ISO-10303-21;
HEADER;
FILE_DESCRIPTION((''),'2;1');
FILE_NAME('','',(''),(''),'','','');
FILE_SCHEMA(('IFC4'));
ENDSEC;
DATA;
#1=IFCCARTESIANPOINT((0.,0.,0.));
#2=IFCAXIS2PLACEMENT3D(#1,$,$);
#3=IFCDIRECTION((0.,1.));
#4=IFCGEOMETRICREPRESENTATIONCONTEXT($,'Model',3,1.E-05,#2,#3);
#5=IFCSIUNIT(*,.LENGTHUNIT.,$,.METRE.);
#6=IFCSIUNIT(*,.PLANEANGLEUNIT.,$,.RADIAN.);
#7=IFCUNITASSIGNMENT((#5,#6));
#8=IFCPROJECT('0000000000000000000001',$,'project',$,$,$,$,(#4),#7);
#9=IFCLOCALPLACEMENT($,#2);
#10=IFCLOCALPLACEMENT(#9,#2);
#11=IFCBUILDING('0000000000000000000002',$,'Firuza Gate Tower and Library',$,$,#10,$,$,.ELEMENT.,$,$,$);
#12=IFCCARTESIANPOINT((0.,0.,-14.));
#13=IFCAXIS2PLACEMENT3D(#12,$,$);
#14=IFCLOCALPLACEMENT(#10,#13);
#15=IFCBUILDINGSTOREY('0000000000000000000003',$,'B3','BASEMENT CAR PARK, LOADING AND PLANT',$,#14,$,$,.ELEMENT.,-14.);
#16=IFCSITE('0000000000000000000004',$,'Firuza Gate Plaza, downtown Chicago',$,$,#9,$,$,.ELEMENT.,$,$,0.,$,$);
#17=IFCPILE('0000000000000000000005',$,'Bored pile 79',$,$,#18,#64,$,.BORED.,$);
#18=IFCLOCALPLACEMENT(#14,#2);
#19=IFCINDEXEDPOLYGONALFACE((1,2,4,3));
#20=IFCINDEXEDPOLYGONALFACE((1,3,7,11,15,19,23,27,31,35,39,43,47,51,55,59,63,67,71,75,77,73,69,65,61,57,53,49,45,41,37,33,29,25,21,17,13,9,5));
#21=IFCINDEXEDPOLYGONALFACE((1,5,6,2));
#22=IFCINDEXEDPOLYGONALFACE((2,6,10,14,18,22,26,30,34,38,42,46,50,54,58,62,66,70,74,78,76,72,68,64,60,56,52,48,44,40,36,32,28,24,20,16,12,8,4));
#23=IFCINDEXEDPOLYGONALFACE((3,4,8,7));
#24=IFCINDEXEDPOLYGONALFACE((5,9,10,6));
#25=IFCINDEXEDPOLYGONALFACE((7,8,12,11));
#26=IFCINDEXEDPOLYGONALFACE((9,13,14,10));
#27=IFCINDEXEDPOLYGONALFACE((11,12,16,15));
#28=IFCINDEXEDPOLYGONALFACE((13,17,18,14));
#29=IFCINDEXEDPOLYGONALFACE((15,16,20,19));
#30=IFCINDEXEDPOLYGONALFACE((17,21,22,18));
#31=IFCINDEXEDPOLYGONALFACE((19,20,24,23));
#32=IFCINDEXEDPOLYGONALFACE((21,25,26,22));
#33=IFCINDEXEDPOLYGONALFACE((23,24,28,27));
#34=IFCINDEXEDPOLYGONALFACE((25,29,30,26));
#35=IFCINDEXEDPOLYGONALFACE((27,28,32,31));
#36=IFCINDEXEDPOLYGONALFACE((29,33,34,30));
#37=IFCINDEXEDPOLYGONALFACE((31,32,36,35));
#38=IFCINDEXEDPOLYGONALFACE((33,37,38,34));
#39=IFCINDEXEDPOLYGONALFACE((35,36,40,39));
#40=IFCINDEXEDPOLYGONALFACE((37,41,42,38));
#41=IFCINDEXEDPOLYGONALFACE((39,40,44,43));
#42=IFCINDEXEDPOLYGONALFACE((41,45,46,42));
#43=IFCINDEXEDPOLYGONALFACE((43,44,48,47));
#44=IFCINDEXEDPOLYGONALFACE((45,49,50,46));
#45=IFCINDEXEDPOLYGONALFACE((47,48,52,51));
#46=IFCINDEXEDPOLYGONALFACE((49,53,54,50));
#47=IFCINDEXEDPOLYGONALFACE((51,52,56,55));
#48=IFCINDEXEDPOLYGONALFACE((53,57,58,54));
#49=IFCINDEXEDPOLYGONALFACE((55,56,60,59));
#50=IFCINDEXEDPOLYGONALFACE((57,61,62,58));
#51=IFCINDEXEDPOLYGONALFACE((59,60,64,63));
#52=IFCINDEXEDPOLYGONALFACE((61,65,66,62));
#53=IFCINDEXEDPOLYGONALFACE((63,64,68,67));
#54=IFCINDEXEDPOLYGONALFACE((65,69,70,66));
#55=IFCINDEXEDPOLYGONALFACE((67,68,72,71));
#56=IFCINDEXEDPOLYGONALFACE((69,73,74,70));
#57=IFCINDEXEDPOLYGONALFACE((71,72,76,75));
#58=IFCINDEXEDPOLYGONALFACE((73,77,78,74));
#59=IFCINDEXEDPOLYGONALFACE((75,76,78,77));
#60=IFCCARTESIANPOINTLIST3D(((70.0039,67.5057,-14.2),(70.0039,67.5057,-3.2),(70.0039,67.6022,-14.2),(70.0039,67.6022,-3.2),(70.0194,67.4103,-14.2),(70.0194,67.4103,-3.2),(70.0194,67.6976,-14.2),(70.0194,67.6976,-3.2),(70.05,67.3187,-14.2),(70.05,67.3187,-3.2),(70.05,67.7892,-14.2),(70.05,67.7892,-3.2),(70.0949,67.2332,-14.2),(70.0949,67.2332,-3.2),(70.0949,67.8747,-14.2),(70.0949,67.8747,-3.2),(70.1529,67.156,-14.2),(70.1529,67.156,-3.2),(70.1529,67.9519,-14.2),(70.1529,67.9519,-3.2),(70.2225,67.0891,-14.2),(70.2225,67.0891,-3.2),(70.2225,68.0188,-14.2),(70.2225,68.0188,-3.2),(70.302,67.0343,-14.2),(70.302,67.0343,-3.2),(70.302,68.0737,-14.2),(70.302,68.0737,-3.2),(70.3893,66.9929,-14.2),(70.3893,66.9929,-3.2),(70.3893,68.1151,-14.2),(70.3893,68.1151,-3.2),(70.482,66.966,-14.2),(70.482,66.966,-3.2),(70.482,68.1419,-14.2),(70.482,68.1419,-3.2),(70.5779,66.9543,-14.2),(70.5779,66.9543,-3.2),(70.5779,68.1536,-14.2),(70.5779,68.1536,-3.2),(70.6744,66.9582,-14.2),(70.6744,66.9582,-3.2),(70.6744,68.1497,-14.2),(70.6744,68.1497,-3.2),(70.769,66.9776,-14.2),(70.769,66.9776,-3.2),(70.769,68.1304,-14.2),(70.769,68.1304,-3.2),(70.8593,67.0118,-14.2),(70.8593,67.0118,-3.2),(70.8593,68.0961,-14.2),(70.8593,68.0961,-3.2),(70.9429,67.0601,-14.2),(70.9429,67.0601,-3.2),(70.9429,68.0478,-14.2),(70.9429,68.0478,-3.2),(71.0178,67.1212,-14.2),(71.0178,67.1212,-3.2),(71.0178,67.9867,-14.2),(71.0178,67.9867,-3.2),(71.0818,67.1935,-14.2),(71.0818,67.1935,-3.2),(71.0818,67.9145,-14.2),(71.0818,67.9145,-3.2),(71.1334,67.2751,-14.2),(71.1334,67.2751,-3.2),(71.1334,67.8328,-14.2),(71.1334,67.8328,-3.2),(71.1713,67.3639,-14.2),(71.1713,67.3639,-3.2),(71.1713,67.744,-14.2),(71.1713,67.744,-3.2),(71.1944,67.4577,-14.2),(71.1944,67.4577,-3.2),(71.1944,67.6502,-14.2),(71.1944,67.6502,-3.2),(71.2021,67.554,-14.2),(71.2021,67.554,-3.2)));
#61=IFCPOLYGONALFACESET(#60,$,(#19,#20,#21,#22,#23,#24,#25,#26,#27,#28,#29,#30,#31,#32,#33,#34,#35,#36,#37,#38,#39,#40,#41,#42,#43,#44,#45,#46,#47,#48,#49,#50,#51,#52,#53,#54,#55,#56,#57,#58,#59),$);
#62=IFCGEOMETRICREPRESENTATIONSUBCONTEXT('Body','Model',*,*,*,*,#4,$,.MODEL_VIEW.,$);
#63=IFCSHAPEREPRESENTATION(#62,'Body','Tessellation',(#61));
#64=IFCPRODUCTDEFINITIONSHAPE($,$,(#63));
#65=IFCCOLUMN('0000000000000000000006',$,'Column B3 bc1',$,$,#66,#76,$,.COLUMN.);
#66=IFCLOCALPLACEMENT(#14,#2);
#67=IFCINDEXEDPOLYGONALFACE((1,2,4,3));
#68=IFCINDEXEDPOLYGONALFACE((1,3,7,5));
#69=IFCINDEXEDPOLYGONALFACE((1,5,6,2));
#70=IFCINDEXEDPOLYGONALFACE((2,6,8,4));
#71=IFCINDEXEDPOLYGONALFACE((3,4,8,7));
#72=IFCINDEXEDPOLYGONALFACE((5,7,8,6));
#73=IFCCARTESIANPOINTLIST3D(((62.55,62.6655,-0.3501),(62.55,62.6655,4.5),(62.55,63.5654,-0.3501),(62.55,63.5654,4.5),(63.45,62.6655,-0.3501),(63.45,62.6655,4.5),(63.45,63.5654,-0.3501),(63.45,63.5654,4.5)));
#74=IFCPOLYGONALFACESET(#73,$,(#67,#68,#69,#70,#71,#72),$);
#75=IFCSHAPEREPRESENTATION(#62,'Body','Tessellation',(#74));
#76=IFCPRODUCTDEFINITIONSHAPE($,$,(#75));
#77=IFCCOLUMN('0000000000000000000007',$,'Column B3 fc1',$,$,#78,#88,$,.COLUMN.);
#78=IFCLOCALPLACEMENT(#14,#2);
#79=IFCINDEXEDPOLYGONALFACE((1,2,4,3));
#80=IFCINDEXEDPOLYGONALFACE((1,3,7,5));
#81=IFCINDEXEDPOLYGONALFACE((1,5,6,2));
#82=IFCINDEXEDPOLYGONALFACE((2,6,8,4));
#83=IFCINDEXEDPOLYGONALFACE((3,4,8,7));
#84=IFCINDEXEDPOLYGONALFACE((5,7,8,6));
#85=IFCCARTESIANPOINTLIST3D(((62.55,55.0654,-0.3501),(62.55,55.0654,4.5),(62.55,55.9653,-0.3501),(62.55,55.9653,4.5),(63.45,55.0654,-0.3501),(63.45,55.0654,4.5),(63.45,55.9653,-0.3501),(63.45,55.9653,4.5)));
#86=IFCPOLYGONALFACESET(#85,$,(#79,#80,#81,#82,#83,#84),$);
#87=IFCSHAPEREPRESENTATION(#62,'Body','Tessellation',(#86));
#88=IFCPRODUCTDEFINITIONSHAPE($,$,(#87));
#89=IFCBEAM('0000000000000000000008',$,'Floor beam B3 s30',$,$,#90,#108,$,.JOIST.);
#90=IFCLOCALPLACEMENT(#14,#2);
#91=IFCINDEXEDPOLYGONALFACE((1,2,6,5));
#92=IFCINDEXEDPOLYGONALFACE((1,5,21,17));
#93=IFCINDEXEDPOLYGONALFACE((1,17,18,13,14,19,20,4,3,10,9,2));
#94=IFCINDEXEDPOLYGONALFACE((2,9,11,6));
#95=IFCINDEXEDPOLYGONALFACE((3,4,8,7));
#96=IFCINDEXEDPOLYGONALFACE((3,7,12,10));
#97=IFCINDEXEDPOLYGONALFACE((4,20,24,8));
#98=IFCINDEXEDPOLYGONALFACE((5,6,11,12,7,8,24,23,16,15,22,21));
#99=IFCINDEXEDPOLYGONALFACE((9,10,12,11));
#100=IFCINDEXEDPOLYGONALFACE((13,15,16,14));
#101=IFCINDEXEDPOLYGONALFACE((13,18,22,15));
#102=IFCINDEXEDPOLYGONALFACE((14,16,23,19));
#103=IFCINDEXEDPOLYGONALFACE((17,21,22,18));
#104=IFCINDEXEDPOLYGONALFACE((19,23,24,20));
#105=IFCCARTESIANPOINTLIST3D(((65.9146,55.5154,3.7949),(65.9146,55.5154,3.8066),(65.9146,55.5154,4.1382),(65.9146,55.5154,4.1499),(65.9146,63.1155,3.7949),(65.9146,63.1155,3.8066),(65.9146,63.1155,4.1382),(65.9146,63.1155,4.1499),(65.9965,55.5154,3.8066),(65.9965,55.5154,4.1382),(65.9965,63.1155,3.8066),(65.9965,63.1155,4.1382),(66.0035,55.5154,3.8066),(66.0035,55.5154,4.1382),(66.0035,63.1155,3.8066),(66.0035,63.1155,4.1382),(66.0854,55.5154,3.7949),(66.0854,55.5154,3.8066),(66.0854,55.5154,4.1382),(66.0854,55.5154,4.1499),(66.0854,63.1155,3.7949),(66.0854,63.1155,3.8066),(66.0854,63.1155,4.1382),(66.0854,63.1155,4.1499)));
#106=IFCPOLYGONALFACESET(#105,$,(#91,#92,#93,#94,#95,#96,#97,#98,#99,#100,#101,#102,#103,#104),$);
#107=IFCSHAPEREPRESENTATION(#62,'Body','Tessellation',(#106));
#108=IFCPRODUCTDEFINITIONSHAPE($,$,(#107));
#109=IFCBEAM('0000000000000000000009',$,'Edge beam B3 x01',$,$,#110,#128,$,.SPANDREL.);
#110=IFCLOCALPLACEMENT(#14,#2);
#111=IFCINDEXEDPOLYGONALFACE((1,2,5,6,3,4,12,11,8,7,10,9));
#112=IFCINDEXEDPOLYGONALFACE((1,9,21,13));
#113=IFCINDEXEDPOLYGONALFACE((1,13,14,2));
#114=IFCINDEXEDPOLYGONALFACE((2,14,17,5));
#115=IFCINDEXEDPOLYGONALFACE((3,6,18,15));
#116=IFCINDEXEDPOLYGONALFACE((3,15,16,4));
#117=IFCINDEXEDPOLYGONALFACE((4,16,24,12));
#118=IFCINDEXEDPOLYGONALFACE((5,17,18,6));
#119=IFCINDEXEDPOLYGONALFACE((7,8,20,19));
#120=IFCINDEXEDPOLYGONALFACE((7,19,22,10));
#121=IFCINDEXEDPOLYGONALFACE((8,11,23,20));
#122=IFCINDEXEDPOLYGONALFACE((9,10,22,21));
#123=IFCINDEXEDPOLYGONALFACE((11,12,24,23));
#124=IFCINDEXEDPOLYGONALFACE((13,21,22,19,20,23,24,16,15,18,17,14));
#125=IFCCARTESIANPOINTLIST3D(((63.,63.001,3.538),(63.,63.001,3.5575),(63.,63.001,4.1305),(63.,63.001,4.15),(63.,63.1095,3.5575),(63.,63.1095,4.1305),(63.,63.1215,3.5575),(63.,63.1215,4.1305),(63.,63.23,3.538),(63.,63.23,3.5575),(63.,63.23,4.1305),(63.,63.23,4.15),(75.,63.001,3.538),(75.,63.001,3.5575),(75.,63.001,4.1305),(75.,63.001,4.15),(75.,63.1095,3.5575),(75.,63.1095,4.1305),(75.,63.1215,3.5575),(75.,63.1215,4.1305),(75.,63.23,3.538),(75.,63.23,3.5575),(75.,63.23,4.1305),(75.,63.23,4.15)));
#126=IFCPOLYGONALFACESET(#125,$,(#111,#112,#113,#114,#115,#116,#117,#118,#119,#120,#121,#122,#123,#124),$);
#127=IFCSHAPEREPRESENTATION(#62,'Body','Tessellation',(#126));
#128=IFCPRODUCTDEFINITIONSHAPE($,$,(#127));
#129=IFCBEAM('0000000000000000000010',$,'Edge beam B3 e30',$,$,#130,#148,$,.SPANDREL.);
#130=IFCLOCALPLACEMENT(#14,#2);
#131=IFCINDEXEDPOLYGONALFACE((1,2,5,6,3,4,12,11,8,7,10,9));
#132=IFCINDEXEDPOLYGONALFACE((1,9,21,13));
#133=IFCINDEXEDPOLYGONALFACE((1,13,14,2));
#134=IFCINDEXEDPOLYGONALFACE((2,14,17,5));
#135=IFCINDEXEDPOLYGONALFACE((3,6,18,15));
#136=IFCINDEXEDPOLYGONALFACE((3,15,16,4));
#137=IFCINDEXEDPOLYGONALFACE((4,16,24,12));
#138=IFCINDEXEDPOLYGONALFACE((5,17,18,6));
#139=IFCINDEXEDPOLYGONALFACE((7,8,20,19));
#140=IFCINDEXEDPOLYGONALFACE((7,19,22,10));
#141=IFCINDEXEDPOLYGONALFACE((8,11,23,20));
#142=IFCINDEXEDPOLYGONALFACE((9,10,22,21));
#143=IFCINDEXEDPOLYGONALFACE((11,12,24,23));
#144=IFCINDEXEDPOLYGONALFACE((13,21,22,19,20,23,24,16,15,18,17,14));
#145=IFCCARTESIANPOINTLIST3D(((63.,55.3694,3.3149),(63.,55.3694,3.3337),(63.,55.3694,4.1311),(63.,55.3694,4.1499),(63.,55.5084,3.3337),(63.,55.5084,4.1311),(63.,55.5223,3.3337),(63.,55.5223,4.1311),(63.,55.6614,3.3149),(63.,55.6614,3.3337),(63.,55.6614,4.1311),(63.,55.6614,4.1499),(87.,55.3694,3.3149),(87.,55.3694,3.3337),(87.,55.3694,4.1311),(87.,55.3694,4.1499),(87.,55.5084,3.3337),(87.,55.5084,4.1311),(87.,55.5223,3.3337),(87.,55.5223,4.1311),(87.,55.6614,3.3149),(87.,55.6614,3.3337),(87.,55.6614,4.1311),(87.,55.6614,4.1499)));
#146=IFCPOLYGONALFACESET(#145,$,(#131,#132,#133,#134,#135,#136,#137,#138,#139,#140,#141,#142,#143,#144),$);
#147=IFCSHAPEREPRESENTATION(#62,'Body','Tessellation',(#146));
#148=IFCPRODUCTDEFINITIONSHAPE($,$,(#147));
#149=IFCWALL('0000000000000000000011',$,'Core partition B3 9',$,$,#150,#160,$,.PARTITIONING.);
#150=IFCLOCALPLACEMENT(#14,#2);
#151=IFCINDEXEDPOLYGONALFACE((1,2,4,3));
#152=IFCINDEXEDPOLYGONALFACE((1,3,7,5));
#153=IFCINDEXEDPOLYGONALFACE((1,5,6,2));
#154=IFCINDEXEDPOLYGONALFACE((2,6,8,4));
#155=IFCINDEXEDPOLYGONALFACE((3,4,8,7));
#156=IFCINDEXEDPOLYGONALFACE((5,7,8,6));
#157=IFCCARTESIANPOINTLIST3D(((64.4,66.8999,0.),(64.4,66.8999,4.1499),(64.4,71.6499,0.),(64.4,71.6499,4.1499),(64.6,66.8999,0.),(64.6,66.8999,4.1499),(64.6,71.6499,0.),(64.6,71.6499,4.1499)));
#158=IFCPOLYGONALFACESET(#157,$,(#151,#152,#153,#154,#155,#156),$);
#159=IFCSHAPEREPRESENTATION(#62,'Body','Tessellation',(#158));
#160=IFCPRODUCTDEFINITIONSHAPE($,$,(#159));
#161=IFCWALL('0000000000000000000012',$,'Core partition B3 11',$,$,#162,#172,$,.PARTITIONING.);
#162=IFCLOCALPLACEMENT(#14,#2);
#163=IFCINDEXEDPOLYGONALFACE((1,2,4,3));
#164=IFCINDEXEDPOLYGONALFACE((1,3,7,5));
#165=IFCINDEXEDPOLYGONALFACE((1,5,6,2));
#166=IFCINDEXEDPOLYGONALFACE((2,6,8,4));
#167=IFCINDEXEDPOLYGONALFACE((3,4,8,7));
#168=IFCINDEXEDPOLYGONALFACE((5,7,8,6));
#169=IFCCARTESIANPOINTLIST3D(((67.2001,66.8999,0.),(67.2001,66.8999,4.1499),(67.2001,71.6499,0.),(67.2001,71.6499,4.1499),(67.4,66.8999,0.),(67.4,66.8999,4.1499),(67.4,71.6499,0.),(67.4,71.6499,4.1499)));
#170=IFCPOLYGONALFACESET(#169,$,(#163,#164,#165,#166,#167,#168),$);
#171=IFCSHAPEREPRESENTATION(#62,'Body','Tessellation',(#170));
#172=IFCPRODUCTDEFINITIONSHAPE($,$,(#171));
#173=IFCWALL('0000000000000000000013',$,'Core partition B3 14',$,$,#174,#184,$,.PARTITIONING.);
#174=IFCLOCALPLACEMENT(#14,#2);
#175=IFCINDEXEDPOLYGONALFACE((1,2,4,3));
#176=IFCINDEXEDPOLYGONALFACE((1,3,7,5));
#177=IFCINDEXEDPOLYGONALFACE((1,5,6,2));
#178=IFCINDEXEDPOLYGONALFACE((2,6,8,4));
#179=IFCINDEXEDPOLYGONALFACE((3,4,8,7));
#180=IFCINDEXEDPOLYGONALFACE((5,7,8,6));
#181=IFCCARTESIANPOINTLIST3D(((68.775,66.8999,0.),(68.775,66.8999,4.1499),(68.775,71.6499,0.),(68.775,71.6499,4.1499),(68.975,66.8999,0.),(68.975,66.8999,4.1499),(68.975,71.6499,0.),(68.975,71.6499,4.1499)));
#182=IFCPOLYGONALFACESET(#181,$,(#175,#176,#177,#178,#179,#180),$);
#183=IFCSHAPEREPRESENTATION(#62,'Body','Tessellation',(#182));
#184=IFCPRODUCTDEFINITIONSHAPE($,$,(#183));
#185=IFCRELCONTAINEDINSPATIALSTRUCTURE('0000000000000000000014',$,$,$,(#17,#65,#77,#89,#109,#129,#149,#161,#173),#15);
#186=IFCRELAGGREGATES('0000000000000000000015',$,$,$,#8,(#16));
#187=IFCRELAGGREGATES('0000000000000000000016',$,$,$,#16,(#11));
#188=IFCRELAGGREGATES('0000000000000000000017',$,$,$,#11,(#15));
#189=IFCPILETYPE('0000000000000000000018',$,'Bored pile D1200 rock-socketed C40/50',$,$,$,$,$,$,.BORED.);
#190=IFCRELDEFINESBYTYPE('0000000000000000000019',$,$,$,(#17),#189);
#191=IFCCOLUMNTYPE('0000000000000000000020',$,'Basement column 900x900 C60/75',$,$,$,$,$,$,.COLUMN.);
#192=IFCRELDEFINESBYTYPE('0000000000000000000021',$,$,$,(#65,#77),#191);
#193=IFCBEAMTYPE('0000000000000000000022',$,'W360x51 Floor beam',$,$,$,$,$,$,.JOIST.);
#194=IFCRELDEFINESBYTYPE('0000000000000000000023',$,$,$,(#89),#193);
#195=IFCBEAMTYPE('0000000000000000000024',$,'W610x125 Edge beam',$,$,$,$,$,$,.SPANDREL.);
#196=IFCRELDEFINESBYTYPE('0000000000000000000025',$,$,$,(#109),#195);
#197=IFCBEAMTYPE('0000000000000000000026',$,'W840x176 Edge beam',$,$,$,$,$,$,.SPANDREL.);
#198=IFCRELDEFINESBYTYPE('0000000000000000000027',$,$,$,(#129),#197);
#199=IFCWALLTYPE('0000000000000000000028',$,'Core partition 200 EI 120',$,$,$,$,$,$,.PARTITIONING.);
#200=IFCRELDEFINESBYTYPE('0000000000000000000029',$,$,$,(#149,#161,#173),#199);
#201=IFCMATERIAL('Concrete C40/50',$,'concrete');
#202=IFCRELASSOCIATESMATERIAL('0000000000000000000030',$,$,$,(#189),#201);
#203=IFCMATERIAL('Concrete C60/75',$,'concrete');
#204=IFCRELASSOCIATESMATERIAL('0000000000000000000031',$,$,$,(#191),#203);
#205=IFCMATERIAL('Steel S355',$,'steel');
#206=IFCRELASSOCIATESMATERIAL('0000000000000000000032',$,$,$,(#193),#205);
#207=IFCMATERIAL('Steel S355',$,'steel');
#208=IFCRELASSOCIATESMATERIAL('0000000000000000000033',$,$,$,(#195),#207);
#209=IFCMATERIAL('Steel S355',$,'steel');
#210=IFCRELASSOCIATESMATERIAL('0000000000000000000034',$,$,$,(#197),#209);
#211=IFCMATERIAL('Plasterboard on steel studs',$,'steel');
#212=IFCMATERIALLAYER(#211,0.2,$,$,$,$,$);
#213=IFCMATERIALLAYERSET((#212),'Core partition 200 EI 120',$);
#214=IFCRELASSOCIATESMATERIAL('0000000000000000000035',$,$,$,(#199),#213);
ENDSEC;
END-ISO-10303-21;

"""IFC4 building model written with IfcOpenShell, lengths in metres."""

from ifc_helpers import new_model, si_unit, direction, frame, frame_2d, origin, origin_2d, place, context, subcontext, project, spatial, rectangle, circle, i_section, extrude, material, layer, layer_set, material_profile, profile_set, type_object, element, save


model = new_model("IFC4")

# Units and contexts
model_context = context("Model", 3, precision=1e-05, world=origin(), true_north=direction((0.0, 1.0)))
body_context = subcontext(model_context, "Body", "Model", "MODEL_VIEW")
ifc_project = project(units=[si_unit("LENGTHUNIT", "METRE"), si_unit("PLANEANGLEUNIT", "RADIAN")], contexts=[model_context])

# Site, building, storey
site_placement = place(None, origin())
site = spatial("IfcSite", under=ifc_project, at=site_placement, Name="Firuza Gate Plaza, downtown Chicago", CompositionType="ELEMENT", RefElevation=0.0)
building_placement = place(site_placement, origin())
building = spatial("IfcBuilding", under=site, at=building_placement, Name="Firuza Gate Tower and Library", CompositionType="ELEMENT")
storey_placement = place(building_placement, frame((0.0, 0.0, -14.0)))
storey = spatial("IfcBuildingStorey", under=building, at=storey_placement, Name="B3", Description="BASEMENT CAR PARK, LOADING AND PLANT", CompositionType="ELEMENT", Elevation=-14.0)

# Pile
ifc_material_1 = material(Name="Concrete C40/50", Category="concrete")
ifc_material_profile_1 = material_profile(ifc_material_1, circle(Radius=0.6001, at=origin_2d()))
ifc_profile_set_1 = profile_set([ifc_material_profile_1], Name="Concrete C40/50")
pile_type = type_object("IfcPileType", Name="Bored pile D1200 rock-socketed C40/50", PredefinedType="BORED", material=ifc_profile_set_1)
for number, where, z_axis, x_axis, name in (
    (1, (70.6021, 67.554, -3.2), (0.0, 0.0, -1.0), (1.0, 0.0, 0.0), "Bored pile 79"),
):
    element("IfcPile", number, at=place(storey_placement, frame(where, z_axis=z_axis, x_axis=x_axis)), inside=storey, type_object=pile_type, Name=name, PredefinedType="BORED", context=body_context, shape_type="SweptSolid", body=[
        extrude(circle(Radius=0.6001, at=origin_2d()), origin(), (0.0, 0.0, 1.0), 11.0),
    ])

# Columns
ifc_material_2 = material(Name="Concrete C60/75", Category="concrete")
ifc_material_profile_2 = material_profile(ifc_material_2, rectangle(XDim=0.8999, YDim=0.8999, at=origin_2d()))
ifc_profile_set_2 = profile_set([ifc_material_profile_2], Name="Concrete C60/75")
column_type = type_object("IfcColumnType", Name="Basement column 900x900 C60/75", PredefinedType="COLUMN", material=ifc_profile_set_2)
for number, where, z_axis, x_axis, name in (
    (2, (63.0, 63.1155, -0.3501), (0.0, 0.0, 1.0), (1.0, 0.0, 0.0), "Column B3 bc1"),
    (3, (63.0, 55.5154, -0.3501), (0.0, 0.0, 1.0), (1.0, 0.0, 0.0), "Column B3 fc1"),
):
    element("IfcColumn", number, at=place(storey_placement, frame(where, z_axis=z_axis, x_axis=x_axis)), inside=storey, type_object=column_type, Name=name, PredefinedType="COLUMN", context=body_context, shape_type="SweptSolid", body=[
        extrude(rectangle(XDim=0.8999, YDim=0.8999, at=origin_2d()), origin(), (0.0, 0.0, 1.0), 4.8501),
    ])

# Beams
ifc_material_3 = material(Name="Steel S355", Category="steel")
ifc_material_profile_3 = material_profile(ifc_material_3, i_section(OverallWidth=0.1709, OverallDepth=0.355, WebThickness=0.0071, FlangeThickness=0.0117, at=origin_2d()))
ifc_profile_set_3 = profile_set([ifc_material_profile_3], Name="Steel S355")
beam_type_1 = type_object("IfcBeamType", Name="W360x51 Floor beam", PredefinedType="JOIST", material=ifc_profile_set_3)
beam_1_placement = place(storey_placement, frame((66.0, 55.5154, 3.9724), z_axis=(0.0, 1.0, 0.0), x_axis=(-1.0, 0.0, 0.0)))
element("IfcBeam", 4, at=beam_1_placement, inside=storey, type_object=beam_type_1, Name="Floor beam B3 s30", PredefinedType="JOIST", context=body_context, shape_type="SweptSolid", body=[
    extrude(i_section(OverallWidth=0.1709, OverallDepth=0.355, WebThickness=0.0071, FlangeThickness=0.0117, at=origin_2d()), origin(), (0.0, 0.0, 1.0), 7.6001),
])
ifc_material_4 = material(Name="Steel S355", Category="steel")
ifc_material_profile_4 = material_profile(ifc_material_4, i_section(OverallWidth=0.229, OverallDepth=0.6121, WebThickness=0.012, FlangeThickness=0.0195, at=origin_2d()))
ifc_profile_set_4 = profile_set([ifc_material_profile_4], Name="Steel S355")
beam_type_2 = type_object("IfcBeamType", Name="W610x125 Edge beam", PredefinedType="SPANDREL", material=ifc_profile_set_4)
beam_2_placement = place(storey_placement, frame((63.0, 63.1155, 3.844), z_axis=(1.0, 0.0, 0.0), x_axis=(0.0, 1.0, 0.0)))
element("IfcBeam", 5, at=beam_2_placement, inside=storey, type_object=beam_type_2, Name="Edge beam B3 x01", PredefinedType="SPANDREL", context=body_context, shape_type="SweptSolid", body=[
    extrude(i_section(OverallWidth=0.229, OverallDepth=0.6121, WebThickness=0.012, FlangeThickness=0.0195, at=origin_2d()), origin(), (0.0, 0.0, 1.0), 12.0),
])
ifc_material_5 = material(Name="Steel S355", Category="steel")
ifc_material_profile_5 = material_profile(ifc_material_5, i_section(OverallWidth=0.292, OverallDepth=0.835, WebThickness=0.0139, FlangeThickness=0.0188, at=origin_2d()))
ifc_profile_set_5 = profile_set([ifc_material_profile_5], Name="Steel S355")
beam_type_3 = type_object("IfcBeamType", Name="W840x176 Edge beam", PredefinedType="SPANDREL", material=ifc_profile_set_5)
beam_3_placement = place(storey_placement, frame((63.0, 55.5154, 3.7324), z_axis=(1.0, 0.0, 0.0), x_axis=(0.0, 1.0, 0.0)))
element("IfcBeam", 6, at=beam_3_placement, inside=storey, type_object=beam_type_3, Name="Edge beam B3 e30", PredefinedType="SPANDREL", context=body_context, shape_type="SweptSolid", body=[
    extrude(i_section(OverallWidth=0.292, OverallDepth=0.835, WebThickness=0.0139, FlangeThickness=0.0188, at=origin_2d()), origin(), (0.0, 0.0, 1.0), 24.0),
])

# Walls
ifc_material_6 = material(Name="Plasterboard on steel studs", Category="steel")
ifc_layer_1 = layer(ifc_material_6, 0.2)
ifc_layer_set_1 = layer_set([ifc_layer_1], Name="Core partition 200 EI 120")
wall_type_1 = type_object("IfcWallType", Name="Core partition 200 EI 120", PredefinedType="PARTITIONING", material=ifc_layer_set_1)
for number, where, z_axis, x_axis, name in (
    (7, (64.5, 66.8999, 0.0), (0.0, 0.0, 1.0), (0.0, 1.0, 0.0), "Core partition B3 9"),
    (8, (67.3, 66.8999, 0.0), (0.0, 0.0, 1.0), (0.0, 1.0, 0.0), "Core partition B3 11"),
    (9, (68.875, 66.8999, 0.0), (0.0, 0.0, 1.0), (0.0, 1.0, 0.0), "Core partition B3 14"),
):
    element("IfcWall", number, at=place(storey_placement, frame(where, z_axis=z_axis, x_axis=x_axis)), inside=storey, type_object=wall_type_1, Name=name, PredefinedType="PARTITIONING", context=body_context, shape_type="SweptSolid", body=[
        extrude(rectangle(XDim=4.75, YDim=0.2, at=frame_2d((2.375, 0.0))), origin(), (0.0, 0.0, 1.0), 4.1499),
    ])

save(model, "model.ifc")
